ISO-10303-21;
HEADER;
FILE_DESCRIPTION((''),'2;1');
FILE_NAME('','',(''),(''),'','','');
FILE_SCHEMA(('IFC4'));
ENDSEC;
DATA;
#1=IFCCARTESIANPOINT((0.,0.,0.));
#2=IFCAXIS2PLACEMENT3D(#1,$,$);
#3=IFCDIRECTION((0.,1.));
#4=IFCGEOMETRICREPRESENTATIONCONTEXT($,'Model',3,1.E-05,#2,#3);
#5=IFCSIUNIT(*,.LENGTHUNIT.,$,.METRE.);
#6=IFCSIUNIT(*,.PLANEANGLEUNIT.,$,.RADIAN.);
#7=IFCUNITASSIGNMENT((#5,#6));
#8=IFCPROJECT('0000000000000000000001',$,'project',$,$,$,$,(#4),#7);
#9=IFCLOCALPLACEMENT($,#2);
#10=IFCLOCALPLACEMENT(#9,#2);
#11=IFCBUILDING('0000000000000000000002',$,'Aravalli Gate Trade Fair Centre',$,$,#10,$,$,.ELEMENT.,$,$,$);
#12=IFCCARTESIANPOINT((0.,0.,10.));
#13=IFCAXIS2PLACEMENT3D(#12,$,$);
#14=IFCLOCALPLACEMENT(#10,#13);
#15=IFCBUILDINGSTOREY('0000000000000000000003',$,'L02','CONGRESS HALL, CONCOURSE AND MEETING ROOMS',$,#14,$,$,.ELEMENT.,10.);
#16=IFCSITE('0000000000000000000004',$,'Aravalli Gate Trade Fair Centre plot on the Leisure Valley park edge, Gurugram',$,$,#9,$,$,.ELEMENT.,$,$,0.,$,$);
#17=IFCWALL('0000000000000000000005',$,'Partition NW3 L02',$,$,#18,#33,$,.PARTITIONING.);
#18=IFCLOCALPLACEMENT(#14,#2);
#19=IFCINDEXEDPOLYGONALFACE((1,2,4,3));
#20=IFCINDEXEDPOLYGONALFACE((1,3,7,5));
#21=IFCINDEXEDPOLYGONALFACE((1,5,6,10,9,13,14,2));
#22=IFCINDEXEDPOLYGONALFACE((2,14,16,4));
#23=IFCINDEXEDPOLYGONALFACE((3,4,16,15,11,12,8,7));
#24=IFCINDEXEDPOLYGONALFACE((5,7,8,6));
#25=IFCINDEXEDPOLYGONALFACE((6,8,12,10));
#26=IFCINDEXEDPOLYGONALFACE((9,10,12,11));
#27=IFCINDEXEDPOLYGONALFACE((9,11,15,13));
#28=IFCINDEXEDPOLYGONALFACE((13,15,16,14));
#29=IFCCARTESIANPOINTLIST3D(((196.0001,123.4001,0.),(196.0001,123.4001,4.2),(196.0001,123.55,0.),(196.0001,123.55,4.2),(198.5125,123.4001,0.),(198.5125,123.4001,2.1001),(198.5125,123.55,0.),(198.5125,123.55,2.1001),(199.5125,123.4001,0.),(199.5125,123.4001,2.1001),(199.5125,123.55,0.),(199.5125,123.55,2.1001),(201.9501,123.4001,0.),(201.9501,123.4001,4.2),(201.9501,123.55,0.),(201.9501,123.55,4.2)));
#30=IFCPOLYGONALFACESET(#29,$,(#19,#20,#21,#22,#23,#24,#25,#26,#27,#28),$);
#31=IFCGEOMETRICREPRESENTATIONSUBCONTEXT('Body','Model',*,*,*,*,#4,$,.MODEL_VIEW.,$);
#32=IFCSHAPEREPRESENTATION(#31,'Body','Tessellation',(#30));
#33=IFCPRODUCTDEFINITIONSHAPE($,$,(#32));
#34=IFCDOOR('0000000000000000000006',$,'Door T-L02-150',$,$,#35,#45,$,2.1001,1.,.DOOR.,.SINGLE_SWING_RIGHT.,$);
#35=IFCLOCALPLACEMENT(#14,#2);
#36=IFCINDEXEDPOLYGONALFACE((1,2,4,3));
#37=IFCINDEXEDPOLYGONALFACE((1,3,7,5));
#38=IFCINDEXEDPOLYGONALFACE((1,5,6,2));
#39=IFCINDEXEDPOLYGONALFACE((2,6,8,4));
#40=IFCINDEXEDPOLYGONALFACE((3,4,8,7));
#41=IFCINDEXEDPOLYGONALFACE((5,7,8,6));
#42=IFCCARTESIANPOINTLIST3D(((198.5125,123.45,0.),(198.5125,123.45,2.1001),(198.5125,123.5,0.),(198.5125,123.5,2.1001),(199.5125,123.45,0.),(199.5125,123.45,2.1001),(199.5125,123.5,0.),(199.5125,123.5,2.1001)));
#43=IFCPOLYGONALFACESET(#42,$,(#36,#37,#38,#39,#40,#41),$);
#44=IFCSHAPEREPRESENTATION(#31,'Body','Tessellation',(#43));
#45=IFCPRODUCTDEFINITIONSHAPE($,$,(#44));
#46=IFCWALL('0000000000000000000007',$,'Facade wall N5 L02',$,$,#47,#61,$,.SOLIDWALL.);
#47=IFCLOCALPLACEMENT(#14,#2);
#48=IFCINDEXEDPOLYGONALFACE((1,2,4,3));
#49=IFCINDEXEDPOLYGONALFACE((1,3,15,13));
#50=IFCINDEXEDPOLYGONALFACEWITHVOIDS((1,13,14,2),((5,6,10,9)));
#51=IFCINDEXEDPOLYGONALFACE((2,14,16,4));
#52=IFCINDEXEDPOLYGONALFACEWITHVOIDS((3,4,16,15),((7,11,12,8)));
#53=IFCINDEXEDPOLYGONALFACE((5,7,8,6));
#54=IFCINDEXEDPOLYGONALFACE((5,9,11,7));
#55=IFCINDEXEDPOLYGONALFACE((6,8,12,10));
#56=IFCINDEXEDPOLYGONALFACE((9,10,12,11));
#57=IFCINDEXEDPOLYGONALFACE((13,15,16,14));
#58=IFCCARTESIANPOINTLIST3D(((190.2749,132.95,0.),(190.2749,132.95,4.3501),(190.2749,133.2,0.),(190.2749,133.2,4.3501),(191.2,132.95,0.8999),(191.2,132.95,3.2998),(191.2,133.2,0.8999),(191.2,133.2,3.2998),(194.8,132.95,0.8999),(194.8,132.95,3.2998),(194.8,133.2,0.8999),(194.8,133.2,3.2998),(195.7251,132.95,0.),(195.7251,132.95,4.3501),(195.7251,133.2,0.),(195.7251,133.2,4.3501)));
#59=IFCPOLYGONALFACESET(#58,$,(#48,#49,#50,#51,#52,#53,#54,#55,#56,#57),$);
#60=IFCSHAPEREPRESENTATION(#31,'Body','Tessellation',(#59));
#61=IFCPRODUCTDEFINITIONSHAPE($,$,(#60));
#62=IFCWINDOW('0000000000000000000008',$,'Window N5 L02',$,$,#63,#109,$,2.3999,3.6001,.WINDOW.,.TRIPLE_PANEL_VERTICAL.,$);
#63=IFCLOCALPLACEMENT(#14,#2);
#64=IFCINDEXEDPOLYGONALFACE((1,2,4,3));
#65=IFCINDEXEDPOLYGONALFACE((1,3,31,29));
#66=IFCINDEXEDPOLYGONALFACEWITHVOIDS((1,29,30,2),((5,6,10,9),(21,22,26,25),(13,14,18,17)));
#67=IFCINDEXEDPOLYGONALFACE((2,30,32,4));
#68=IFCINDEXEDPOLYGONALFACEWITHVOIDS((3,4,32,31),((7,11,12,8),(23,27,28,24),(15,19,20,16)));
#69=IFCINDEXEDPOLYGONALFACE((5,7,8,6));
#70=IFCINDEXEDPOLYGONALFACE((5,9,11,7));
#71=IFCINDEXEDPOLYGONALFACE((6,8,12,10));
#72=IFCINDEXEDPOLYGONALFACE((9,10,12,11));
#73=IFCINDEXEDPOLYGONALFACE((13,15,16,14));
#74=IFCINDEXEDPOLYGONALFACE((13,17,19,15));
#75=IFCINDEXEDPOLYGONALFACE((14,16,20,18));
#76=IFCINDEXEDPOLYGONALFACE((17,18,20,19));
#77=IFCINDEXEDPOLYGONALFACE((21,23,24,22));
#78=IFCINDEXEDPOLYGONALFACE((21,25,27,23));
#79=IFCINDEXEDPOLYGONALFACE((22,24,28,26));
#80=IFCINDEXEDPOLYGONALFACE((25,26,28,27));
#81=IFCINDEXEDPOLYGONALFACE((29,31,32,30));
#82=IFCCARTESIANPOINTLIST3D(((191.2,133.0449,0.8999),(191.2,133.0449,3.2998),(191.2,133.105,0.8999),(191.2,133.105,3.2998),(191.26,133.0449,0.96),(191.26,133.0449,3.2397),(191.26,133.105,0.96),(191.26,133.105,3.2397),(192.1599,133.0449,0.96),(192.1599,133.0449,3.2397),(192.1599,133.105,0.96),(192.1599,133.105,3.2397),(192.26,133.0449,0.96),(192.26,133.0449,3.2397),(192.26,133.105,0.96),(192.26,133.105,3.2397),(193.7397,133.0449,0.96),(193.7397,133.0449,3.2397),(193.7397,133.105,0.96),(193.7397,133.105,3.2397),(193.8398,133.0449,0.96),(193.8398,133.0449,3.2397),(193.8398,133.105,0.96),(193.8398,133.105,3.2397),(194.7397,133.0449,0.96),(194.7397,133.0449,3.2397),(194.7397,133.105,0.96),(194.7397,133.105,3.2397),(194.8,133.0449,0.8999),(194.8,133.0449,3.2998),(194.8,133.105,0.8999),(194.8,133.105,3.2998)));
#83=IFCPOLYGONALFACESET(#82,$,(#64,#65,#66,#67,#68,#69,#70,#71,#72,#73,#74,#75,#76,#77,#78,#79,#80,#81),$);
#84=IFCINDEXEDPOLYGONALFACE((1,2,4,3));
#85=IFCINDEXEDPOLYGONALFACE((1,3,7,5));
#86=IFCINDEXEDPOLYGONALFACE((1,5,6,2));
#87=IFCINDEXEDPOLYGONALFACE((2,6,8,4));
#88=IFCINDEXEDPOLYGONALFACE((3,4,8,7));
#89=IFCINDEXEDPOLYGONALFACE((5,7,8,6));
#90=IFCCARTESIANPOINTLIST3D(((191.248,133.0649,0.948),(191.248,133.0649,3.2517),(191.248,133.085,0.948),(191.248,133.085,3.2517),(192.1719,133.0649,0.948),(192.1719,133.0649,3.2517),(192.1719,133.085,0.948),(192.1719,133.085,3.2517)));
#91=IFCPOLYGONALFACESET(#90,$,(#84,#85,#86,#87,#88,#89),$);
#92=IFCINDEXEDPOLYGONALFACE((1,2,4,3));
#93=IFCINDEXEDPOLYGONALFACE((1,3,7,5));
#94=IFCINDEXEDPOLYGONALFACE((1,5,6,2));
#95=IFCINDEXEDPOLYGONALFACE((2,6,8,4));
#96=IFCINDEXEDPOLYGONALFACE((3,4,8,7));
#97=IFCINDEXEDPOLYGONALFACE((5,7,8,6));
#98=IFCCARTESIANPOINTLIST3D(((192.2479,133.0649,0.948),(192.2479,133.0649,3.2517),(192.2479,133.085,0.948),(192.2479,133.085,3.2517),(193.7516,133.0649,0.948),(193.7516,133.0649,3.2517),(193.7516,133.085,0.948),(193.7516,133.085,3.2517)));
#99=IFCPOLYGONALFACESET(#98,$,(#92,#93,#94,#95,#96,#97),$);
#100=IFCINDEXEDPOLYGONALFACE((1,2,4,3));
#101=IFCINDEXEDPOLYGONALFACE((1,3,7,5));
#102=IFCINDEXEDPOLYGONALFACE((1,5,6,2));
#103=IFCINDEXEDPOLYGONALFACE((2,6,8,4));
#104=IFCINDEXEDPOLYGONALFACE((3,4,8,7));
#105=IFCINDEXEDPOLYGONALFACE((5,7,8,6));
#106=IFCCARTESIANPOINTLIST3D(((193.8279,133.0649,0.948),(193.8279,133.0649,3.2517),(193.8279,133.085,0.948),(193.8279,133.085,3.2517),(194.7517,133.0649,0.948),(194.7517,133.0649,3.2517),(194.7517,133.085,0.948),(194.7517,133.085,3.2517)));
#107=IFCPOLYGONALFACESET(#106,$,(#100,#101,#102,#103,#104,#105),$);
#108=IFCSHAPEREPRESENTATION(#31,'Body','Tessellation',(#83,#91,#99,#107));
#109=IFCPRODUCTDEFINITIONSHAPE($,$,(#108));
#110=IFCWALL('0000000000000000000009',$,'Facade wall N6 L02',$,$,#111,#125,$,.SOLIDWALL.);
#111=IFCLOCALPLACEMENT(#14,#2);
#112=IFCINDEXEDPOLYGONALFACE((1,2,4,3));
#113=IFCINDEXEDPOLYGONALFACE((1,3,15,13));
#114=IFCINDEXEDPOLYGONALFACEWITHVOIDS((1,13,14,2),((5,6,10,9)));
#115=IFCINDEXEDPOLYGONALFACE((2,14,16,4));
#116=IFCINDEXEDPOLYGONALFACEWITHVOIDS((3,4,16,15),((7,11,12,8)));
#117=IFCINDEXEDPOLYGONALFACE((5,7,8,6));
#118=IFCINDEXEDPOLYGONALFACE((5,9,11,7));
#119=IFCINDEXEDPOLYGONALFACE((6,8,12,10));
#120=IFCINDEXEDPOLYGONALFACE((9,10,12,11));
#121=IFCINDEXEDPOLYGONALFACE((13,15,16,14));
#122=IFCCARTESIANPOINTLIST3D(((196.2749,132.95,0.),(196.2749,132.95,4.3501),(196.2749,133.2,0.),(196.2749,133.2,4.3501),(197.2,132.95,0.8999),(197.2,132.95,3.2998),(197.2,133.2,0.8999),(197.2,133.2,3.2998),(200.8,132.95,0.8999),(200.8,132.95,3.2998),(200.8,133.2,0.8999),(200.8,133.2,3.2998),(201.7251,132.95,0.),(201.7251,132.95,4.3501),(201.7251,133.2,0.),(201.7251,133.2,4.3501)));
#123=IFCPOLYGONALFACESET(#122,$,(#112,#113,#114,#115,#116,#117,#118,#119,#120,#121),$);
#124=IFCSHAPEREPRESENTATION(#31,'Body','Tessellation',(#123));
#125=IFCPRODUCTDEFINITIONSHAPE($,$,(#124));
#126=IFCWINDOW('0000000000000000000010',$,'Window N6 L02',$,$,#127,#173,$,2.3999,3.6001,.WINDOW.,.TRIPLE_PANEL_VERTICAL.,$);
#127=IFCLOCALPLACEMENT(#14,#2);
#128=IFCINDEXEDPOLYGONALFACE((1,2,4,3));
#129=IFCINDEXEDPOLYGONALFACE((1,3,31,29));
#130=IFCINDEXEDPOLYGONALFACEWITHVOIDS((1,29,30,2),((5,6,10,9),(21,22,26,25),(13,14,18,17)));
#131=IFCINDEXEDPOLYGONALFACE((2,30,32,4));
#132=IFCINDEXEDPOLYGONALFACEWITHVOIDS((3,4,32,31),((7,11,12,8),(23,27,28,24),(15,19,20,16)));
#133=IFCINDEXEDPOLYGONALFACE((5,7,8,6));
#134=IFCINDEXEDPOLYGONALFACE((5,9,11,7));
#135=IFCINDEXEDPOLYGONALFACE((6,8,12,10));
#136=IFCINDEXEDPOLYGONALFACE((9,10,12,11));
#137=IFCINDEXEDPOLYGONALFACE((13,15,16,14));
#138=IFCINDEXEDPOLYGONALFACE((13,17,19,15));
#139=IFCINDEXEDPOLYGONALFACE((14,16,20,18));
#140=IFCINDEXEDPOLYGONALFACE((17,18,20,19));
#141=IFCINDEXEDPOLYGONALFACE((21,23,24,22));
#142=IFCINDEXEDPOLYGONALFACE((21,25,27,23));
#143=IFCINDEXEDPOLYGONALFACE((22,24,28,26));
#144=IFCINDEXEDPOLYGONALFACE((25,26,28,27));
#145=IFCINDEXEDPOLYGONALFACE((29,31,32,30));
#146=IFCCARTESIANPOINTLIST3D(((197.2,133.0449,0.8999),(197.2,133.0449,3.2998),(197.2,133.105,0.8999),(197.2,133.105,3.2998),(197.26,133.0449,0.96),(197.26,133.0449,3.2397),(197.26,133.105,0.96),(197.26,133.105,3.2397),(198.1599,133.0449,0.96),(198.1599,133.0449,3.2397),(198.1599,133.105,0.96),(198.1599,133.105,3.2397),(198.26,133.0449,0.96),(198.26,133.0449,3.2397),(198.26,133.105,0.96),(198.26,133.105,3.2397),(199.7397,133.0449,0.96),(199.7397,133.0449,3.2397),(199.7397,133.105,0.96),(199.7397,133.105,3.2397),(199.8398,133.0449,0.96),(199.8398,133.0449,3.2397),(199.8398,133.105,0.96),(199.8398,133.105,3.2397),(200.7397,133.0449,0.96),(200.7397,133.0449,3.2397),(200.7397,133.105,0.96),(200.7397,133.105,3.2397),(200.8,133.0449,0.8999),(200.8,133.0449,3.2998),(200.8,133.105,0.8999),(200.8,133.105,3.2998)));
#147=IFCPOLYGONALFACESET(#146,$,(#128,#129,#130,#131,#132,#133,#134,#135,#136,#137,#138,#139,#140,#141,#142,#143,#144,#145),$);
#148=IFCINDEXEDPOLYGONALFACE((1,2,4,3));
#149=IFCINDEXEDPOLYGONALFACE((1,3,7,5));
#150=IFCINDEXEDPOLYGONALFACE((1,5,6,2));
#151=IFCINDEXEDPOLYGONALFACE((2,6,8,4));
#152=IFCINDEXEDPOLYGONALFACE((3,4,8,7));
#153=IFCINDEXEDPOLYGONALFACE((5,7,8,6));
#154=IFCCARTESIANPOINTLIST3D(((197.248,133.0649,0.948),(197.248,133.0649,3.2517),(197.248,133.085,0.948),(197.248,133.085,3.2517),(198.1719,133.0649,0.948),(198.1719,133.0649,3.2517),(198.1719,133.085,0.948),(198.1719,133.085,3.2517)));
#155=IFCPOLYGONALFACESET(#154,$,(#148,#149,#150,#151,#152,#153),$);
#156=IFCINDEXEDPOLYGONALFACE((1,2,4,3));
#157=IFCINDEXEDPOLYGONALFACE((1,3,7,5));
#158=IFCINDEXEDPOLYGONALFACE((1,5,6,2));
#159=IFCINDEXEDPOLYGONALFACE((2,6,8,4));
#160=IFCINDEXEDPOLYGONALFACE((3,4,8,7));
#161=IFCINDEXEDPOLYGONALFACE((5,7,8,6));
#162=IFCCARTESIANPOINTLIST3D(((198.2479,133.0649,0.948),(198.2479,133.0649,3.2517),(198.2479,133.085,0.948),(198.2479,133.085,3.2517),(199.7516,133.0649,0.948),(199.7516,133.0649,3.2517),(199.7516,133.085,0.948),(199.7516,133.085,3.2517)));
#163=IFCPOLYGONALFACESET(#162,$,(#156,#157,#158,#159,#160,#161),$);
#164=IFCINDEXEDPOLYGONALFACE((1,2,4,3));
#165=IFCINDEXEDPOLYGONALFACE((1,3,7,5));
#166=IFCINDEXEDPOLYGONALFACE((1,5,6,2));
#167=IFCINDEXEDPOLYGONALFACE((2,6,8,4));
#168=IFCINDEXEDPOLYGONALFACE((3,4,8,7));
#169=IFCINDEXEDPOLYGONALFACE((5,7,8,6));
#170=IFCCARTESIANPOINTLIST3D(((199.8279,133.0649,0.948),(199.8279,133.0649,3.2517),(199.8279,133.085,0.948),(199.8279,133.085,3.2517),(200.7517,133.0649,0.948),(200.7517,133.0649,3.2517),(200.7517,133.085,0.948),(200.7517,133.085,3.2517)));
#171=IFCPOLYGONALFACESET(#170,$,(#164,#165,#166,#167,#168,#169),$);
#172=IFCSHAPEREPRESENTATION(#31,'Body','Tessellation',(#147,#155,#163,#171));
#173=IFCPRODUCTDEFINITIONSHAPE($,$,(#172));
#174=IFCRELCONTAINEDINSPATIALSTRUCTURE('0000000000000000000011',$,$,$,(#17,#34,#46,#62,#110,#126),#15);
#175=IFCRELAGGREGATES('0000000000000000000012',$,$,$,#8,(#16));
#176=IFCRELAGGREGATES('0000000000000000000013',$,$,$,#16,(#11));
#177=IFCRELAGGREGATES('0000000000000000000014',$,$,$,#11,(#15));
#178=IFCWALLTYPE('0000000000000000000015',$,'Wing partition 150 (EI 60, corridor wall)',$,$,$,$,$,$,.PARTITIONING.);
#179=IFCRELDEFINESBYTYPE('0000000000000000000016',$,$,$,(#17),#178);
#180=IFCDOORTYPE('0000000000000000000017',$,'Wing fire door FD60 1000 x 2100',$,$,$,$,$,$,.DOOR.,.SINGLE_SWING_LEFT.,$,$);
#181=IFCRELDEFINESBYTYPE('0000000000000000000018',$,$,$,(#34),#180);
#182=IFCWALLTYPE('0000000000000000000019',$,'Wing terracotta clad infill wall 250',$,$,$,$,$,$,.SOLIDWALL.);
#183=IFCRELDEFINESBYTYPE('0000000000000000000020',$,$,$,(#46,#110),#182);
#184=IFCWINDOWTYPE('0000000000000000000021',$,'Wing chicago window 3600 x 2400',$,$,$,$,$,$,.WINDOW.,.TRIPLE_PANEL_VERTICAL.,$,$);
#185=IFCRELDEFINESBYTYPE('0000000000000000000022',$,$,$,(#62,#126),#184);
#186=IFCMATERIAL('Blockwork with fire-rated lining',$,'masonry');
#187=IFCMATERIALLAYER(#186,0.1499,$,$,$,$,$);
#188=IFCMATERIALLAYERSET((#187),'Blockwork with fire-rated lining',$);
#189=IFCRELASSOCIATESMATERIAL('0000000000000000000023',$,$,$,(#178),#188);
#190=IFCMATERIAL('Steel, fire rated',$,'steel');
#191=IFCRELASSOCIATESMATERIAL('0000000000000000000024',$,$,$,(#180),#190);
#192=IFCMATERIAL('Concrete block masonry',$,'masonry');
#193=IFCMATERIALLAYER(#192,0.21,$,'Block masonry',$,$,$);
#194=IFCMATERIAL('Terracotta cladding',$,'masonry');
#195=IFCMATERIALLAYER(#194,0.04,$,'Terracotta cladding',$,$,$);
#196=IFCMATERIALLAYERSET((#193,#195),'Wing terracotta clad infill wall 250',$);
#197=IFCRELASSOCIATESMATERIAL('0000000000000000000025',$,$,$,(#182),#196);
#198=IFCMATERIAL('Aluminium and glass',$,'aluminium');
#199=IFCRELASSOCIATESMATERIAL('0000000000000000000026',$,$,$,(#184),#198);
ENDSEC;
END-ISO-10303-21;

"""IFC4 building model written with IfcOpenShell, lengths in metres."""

from ifc_helpers import new_model, si_unit, direction, frame, frame_2d, origin, place, context, subcontext, project, spatial, polyline, rectangle, outline, extrude, material, layer, layer_set, type_object, element, fill, save


model = new_model("IFC4")

# Units and contexts
model_context = context("Model", 3, precision=1e-05, world=origin(), true_north=direction((0.0, 1.0)))
body_context = subcontext(model_context, "Body", "Model", "MODEL_VIEW")
ifc_project = project(units=[si_unit("LENGTHUNIT", "METRE"), si_unit("PLANEANGLEUNIT", "RADIAN")], contexts=[model_context])

# Site, building, storey
site_placement = place(None, origin())
site = spatial("IfcSite", under=ifc_project, at=site_placement, Name="Aravalli Gate Trade Fair Centre plot on the Leisure Valley park edge, Gurugram", CompositionType="ELEMENT", RefElevation=0.0)
building_placement = place(site_placement, origin())
building = spatial("IfcBuilding", under=site, at=building_placement, Name="Aravalli Gate Trade Fair Centre", CompositionType="ELEMENT")
storey_placement = place(building_placement, frame((0.0, 0.0, 10.0)))
storey = spatial("IfcBuildingStorey", under=building, at=storey_placement, Name="L02", Description="CONGRESS HALL, CONCOURSE AND MEETING ROOMS", CompositionType="ELEMENT", Elevation=10.0)

# Shared definitions
ifc_material_1 = material(Name="Blockwork with fire-rated lining", Category="masonry")
ifc_layer_1 = layer(ifc_material_1, 0.1499)
ifc_layer_set_1 = layer_set([ifc_layer_1], Name="Blockwork with fire-rated lining")
wall_type_1 = type_object("IfcWallType", Name="Wing partition 150 (EI 60, corridor wall)", PredefinedType="PARTITIONING", material=ifc_layer_set_1)

# Wall, opening, door
wall_1_placement = place(storey_placement, frame((196.0, 123.4751, 0.0), z_axis=(0.0, 0.0, 1.0), x_axis=(1.0, 0.0, 0.0)))
wall_1 = element("IfcWall", 1, at=wall_1_placement, inside=storey, type_object=wall_type_1, Name="Partition NW3 L02", PredefinedType="PARTITIONING", context=body_context, shape_type="SweptSolid", body=[
    extrude(rectangle(XDim=5.95, YDim=0.1499, at=frame_2d((2.9751, 0.0))), origin(), (0.0, 0.0, 1.0), 4.2),
])
opening_1_placement = place(wall_1_placement, frame((2.5125, 0.0, 0.0)))
opening_1 = element("IfcOpeningElement", 2, at=opening_1_placement, cuts=wall_1, PredefinedType="OPENING", context=body_context, shape_type="SweptSolid", body=[
    extrude(rectangle(XDim=1.0, YDim=2.1001, at=frame_2d((0.5, 1.05))), frame((0.0, 0.085, 0.0), z_axis=(0.0, -1.0, 0.0), x_axis=(1.0, 0.0, 0.0)), (0.0, 0.0, 1.0), 0.1699),
])
ifc_material_2 = material(Name="Steel, fire rated", Category="steel")
door_type = type_object("IfcDoorType", Name="Wing fire door FD60 1000 x 2100", OperationType="SINGLE_SWING_LEFT", PredefinedType="DOOR", material=ifc_material_2)
door_placement = place(opening_1_placement, origin())
door = element("IfcDoor", 3, at=door_placement, inside=storey, type_object=door_type, Name="Door T-L02-150", OperationType="SINGLE_SWING_RIGHT", OverallHeight=2.1001, OverallWidth=1.0, PredefinedType="DOOR", context=body_context, shape_type="SweptSolid", body=[
    extrude(rectangle(XDim=1.0, YDim=2.1001, at=frame_2d((0.5, 1.05))), frame((0.0, 0.0249, 0.0), z_axis=(0.0, -1.0, 0.0), x_axis=(1.0, 0.0, 0.0)), (0.0, 0.0, 1.0), 0.05),
])
fill(opening_1, door)

# Walls, openings, windows
ifc_material_3 = material(Name="Concrete block masonry", Category="masonry")
ifc_layer_2 = layer(ifc_material_3, 0.21, Name="Block masonry")
ifc_material_4 = material(Name="Terracotta cladding", Category="masonry")
ifc_layer_3 = layer(ifc_material_4, 0.04, Name="Terracotta cladding")
ifc_layer_set_2 = layer_set([ifc_layer_2, ifc_layer_3], Name="Wing terracotta clad infill wall 250")
wall_type_2 = type_object("IfcWallType", Name="Wing terracotta clad infill wall 250", PredefinedType="SOLIDWALL", material=ifc_layer_set_2)
wall_2_placement = place(storey_placement, frame((190.2749, 133.075, 0.0), z_axis=(0.0, 0.0, 1.0), x_axis=(1.0, 0.0, 0.0)))
wall_2 = element("IfcWall", 4, at=wall_2_placement, inside=storey, type_object=wall_type_2, Name="Facade wall N5 L02", PredefinedType="SOLIDWALL", context=body_context, shape_type="SweptSolid", body=[
    extrude(rectangle(XDim=5.4502, YDim=0.25, at=frame_2d((2.7251, 0.0))), origin(), (0.0, 0.0, 1.0), 4.3501),
])
opening_2_placement = place(wall_2_placement, frame((0.925, 0.0, 0.8999)))
opening_2 = element("IfcOpeningElement", 5, at=opening_2_placement, cuts=wall_2, PredefinedType="OPENING", context=body_context, shape_type="SweptSolid", body=[
    extrude(rectangle(XDim=3.6001, YDim=2.3999, at=frame_2d((1.8, 1.2))), frame((0.0, 0.135, 0.0), z_axis=(0.0, -1.0, 0.0), x_axis=(1.0, 0.0, 0.0)), (0.0, 0.0, 1.0), 0.27),
])
ifc_material_5 = material(Name="Aluminium and glass", Category="aluminium")
window_type = type_object("IfcWindowType", Name="Wing chicago window 3600 x 2400", PartitioningType="TRIPLE_PANEL_VERTICAL", PredefinedType="WINDOW", material=ifc_material_5)
window_1_placement = place(opening_2_placement, origin())
window_1 = element("IfcWindow", 6, at=window_1_placement, inside=storey, type_object=window_type, Name="Window N5 L02", OverallHeight=2.3999, OverallWidth=3.6001, PartitioningType="TRIPLE_PANEL_VERTICAL", PredefinedType="WINDOW", context=body_context, shape_type="SweptSolid", body=[
    extrude(outline(polyline([(0.0, 0.0), (3.6001, 0.0), (3.6001, 2.3999), (0.0, 2.3999), (0.0, 0.0)]), holes=[polyline([(0.0601, 0.0601), (0.96, 0.0601), (0.96, 2.3398), (0.0601, 2.3398), (0.0601, 0.0601)]), polyline([(1.0601, 0.0601), (2.5398, 0.0601), (2.5398, 2.3398), (1.0601, 2.3398), (1.0601, 0.0601)]), polyline([(2.6399, 0.0601), (3.5398, 0.0601), (3.5398, 2.3398), (2.6399, 2.3398), (2.6399, 0.0601)])]), frame((0.0, 0.03, 0.0), z_axis=(0.0, -1.0, 0.0), x_axis=(1.0, 0.0, 0.0)), (0.0, 0.0, 1.0), 0.0601),
    extrude(rectangle(XDim=0.9238, YDim=2.3037, at=frame_2d((0.51, 1.2))), frame((0.0, 0.01, 0.0), z_axis=(0.0, -1.0, 0.0), x_axis=(1.0, 0.0, 0.0)), (0.0, 0.0, 1.0), 0.02),
    extrude(rectangle(XDim=1.5037, YDim=2.3037, at=frame_2d((1.7998, 1.2))), frame((0.0, 0.01, 0.0), z_axis=(0.0, -1.0, 0.0), x_axis=(1.0, 0.0, 0.0)), (0.0, 0.0, 1.0), 0.02),
    extrude(rectangle(XDim=0.9238, YDim=2.3037, at=frame_2d((3.0898, 1.2))), frame((0.0, 0.01, 0.0), z_axis=(0.0, -1.0, 0.0), x_axis=(1.0, 0.0, 0.0)), (0.0, 0.0, 1.0), 0.02),
])
fill(opening_2, window_1)
wall_3_placement = place(storey_placement, frame((196.2749, 133.075, 0.0), z_axis=(0.0, 0.0, 1.0), x_axis=(1.0, 0.0, 0.0)))
wall_3 = element("IfcWall", 7, at=wall_3_placement, inside=storey, type_object=wall_type_2, Name="Facade wall N6 L02", PredefinedType="SOLIDWALL", context=body_context, shape_type="SweptSolid", body=[
    extrude(rectangle(XDim=5.4502, YDim=0.25, at=frame_2d((2.7251, 0.0))), origin(), (0.0, 0.0, 1.0), 4.3501),
])
opening_3_placement = place(wall_3_placement, frame((0.925, 0.0, 0.8999)))
opening_3 = element("IfcOpeningElement", 8, at=opening_3_placement, cuts=wall_3, PredefinedType="OPENING", context=body_context, shape_type="SweptSolid", body=[
    extrude(rectangle(XDim=3.6001, YDim=2.3999, at=frame_2d((1.8, 1.2))), frame((0.0, 0.135, 0.0), z_axis=(0.0, -1.0, 0.0), x_axis=(1.0, 0.0, 0.0)), (0.0, 0.0, 1.0), 0.27),
])
window_2_placement = place(opening_3_placement, origin())
window_2 = element("IfcWindow", 9, at=window_2_placement, inside=storey, type_object=window_type, Name="Window N6 L02", OverallHeight=2.3999, OverallWidth=3.6001, PartitioningType="TRIPLE_PANEL_VERTICAL", PredefinedType="WINDOW", context=body_context, shape_type="SweptSolid", body=[
    extrude(outline(polyline([(0.0, 0.0), (3.6001, 0.0), (3.6001, 2.3999), (0.0, 2.3999), (0.0, 0.0)]), holes=[polyline([(0.0601, 0.0601), (0.96, 0.0601), (0.96, 2.3398), (0.0601, 2.3398), (0.0601, 0.0601)]), polyline([(1.0601, 0.0601), (2.5398, 0.0601), (2.5398, 2.3398), (1.0601, 2.3398), (1.0601, 0.0601)]), polyline([(2.6399, 0.0601), (3.5398, 0.0601), (3.5398, 2.3398), (2.6399, 2.3398), (2.6399, 0.0601)])]), frame((0.0, 0.03, 0.0), z_axis=(0.0, -1.0, 0.0), x_axis=(1.0, 0.0, 0.0)), (0.0, 0.0, 1.0), 0.0601),
    extrude(rectangle(XDim=0.9238, YDim=2.3037, at=frame_2d((0.51, 1.2))), frame((0.0, 0.01, 0.0), z_axis=(0.0, -1.0, 0.0), x_axis=(1.0, 0.0, 0.0)), (0.0, 0.0, 1.0), 0.02),
    extrude(rectangle(XDim=1.5037, YDim=2.3037, at=frame_2d((1.7998, 1.2))), frame((0.0, 0.01, 0.0), z_axis=(0.0, -1.0, 0.0), x_axis=(1.0, 0.0, 0.0)), (0.0, 0.0, 1.0), 0.02),
    extrude(rectangle(XDim=0.9238, YDim=2.3037, at=frame_2d((3.0898, 1.2))), frame((0.0, 0.01, 0.0), z_axis=(0.0, -1.0, 0.0), x_axis=(1.0, 0.0, 0.0)), (0.0, 0.0, 1.0), 0.02),
])
fill(opening_3, window_2)

save(model, "model.ifc")
